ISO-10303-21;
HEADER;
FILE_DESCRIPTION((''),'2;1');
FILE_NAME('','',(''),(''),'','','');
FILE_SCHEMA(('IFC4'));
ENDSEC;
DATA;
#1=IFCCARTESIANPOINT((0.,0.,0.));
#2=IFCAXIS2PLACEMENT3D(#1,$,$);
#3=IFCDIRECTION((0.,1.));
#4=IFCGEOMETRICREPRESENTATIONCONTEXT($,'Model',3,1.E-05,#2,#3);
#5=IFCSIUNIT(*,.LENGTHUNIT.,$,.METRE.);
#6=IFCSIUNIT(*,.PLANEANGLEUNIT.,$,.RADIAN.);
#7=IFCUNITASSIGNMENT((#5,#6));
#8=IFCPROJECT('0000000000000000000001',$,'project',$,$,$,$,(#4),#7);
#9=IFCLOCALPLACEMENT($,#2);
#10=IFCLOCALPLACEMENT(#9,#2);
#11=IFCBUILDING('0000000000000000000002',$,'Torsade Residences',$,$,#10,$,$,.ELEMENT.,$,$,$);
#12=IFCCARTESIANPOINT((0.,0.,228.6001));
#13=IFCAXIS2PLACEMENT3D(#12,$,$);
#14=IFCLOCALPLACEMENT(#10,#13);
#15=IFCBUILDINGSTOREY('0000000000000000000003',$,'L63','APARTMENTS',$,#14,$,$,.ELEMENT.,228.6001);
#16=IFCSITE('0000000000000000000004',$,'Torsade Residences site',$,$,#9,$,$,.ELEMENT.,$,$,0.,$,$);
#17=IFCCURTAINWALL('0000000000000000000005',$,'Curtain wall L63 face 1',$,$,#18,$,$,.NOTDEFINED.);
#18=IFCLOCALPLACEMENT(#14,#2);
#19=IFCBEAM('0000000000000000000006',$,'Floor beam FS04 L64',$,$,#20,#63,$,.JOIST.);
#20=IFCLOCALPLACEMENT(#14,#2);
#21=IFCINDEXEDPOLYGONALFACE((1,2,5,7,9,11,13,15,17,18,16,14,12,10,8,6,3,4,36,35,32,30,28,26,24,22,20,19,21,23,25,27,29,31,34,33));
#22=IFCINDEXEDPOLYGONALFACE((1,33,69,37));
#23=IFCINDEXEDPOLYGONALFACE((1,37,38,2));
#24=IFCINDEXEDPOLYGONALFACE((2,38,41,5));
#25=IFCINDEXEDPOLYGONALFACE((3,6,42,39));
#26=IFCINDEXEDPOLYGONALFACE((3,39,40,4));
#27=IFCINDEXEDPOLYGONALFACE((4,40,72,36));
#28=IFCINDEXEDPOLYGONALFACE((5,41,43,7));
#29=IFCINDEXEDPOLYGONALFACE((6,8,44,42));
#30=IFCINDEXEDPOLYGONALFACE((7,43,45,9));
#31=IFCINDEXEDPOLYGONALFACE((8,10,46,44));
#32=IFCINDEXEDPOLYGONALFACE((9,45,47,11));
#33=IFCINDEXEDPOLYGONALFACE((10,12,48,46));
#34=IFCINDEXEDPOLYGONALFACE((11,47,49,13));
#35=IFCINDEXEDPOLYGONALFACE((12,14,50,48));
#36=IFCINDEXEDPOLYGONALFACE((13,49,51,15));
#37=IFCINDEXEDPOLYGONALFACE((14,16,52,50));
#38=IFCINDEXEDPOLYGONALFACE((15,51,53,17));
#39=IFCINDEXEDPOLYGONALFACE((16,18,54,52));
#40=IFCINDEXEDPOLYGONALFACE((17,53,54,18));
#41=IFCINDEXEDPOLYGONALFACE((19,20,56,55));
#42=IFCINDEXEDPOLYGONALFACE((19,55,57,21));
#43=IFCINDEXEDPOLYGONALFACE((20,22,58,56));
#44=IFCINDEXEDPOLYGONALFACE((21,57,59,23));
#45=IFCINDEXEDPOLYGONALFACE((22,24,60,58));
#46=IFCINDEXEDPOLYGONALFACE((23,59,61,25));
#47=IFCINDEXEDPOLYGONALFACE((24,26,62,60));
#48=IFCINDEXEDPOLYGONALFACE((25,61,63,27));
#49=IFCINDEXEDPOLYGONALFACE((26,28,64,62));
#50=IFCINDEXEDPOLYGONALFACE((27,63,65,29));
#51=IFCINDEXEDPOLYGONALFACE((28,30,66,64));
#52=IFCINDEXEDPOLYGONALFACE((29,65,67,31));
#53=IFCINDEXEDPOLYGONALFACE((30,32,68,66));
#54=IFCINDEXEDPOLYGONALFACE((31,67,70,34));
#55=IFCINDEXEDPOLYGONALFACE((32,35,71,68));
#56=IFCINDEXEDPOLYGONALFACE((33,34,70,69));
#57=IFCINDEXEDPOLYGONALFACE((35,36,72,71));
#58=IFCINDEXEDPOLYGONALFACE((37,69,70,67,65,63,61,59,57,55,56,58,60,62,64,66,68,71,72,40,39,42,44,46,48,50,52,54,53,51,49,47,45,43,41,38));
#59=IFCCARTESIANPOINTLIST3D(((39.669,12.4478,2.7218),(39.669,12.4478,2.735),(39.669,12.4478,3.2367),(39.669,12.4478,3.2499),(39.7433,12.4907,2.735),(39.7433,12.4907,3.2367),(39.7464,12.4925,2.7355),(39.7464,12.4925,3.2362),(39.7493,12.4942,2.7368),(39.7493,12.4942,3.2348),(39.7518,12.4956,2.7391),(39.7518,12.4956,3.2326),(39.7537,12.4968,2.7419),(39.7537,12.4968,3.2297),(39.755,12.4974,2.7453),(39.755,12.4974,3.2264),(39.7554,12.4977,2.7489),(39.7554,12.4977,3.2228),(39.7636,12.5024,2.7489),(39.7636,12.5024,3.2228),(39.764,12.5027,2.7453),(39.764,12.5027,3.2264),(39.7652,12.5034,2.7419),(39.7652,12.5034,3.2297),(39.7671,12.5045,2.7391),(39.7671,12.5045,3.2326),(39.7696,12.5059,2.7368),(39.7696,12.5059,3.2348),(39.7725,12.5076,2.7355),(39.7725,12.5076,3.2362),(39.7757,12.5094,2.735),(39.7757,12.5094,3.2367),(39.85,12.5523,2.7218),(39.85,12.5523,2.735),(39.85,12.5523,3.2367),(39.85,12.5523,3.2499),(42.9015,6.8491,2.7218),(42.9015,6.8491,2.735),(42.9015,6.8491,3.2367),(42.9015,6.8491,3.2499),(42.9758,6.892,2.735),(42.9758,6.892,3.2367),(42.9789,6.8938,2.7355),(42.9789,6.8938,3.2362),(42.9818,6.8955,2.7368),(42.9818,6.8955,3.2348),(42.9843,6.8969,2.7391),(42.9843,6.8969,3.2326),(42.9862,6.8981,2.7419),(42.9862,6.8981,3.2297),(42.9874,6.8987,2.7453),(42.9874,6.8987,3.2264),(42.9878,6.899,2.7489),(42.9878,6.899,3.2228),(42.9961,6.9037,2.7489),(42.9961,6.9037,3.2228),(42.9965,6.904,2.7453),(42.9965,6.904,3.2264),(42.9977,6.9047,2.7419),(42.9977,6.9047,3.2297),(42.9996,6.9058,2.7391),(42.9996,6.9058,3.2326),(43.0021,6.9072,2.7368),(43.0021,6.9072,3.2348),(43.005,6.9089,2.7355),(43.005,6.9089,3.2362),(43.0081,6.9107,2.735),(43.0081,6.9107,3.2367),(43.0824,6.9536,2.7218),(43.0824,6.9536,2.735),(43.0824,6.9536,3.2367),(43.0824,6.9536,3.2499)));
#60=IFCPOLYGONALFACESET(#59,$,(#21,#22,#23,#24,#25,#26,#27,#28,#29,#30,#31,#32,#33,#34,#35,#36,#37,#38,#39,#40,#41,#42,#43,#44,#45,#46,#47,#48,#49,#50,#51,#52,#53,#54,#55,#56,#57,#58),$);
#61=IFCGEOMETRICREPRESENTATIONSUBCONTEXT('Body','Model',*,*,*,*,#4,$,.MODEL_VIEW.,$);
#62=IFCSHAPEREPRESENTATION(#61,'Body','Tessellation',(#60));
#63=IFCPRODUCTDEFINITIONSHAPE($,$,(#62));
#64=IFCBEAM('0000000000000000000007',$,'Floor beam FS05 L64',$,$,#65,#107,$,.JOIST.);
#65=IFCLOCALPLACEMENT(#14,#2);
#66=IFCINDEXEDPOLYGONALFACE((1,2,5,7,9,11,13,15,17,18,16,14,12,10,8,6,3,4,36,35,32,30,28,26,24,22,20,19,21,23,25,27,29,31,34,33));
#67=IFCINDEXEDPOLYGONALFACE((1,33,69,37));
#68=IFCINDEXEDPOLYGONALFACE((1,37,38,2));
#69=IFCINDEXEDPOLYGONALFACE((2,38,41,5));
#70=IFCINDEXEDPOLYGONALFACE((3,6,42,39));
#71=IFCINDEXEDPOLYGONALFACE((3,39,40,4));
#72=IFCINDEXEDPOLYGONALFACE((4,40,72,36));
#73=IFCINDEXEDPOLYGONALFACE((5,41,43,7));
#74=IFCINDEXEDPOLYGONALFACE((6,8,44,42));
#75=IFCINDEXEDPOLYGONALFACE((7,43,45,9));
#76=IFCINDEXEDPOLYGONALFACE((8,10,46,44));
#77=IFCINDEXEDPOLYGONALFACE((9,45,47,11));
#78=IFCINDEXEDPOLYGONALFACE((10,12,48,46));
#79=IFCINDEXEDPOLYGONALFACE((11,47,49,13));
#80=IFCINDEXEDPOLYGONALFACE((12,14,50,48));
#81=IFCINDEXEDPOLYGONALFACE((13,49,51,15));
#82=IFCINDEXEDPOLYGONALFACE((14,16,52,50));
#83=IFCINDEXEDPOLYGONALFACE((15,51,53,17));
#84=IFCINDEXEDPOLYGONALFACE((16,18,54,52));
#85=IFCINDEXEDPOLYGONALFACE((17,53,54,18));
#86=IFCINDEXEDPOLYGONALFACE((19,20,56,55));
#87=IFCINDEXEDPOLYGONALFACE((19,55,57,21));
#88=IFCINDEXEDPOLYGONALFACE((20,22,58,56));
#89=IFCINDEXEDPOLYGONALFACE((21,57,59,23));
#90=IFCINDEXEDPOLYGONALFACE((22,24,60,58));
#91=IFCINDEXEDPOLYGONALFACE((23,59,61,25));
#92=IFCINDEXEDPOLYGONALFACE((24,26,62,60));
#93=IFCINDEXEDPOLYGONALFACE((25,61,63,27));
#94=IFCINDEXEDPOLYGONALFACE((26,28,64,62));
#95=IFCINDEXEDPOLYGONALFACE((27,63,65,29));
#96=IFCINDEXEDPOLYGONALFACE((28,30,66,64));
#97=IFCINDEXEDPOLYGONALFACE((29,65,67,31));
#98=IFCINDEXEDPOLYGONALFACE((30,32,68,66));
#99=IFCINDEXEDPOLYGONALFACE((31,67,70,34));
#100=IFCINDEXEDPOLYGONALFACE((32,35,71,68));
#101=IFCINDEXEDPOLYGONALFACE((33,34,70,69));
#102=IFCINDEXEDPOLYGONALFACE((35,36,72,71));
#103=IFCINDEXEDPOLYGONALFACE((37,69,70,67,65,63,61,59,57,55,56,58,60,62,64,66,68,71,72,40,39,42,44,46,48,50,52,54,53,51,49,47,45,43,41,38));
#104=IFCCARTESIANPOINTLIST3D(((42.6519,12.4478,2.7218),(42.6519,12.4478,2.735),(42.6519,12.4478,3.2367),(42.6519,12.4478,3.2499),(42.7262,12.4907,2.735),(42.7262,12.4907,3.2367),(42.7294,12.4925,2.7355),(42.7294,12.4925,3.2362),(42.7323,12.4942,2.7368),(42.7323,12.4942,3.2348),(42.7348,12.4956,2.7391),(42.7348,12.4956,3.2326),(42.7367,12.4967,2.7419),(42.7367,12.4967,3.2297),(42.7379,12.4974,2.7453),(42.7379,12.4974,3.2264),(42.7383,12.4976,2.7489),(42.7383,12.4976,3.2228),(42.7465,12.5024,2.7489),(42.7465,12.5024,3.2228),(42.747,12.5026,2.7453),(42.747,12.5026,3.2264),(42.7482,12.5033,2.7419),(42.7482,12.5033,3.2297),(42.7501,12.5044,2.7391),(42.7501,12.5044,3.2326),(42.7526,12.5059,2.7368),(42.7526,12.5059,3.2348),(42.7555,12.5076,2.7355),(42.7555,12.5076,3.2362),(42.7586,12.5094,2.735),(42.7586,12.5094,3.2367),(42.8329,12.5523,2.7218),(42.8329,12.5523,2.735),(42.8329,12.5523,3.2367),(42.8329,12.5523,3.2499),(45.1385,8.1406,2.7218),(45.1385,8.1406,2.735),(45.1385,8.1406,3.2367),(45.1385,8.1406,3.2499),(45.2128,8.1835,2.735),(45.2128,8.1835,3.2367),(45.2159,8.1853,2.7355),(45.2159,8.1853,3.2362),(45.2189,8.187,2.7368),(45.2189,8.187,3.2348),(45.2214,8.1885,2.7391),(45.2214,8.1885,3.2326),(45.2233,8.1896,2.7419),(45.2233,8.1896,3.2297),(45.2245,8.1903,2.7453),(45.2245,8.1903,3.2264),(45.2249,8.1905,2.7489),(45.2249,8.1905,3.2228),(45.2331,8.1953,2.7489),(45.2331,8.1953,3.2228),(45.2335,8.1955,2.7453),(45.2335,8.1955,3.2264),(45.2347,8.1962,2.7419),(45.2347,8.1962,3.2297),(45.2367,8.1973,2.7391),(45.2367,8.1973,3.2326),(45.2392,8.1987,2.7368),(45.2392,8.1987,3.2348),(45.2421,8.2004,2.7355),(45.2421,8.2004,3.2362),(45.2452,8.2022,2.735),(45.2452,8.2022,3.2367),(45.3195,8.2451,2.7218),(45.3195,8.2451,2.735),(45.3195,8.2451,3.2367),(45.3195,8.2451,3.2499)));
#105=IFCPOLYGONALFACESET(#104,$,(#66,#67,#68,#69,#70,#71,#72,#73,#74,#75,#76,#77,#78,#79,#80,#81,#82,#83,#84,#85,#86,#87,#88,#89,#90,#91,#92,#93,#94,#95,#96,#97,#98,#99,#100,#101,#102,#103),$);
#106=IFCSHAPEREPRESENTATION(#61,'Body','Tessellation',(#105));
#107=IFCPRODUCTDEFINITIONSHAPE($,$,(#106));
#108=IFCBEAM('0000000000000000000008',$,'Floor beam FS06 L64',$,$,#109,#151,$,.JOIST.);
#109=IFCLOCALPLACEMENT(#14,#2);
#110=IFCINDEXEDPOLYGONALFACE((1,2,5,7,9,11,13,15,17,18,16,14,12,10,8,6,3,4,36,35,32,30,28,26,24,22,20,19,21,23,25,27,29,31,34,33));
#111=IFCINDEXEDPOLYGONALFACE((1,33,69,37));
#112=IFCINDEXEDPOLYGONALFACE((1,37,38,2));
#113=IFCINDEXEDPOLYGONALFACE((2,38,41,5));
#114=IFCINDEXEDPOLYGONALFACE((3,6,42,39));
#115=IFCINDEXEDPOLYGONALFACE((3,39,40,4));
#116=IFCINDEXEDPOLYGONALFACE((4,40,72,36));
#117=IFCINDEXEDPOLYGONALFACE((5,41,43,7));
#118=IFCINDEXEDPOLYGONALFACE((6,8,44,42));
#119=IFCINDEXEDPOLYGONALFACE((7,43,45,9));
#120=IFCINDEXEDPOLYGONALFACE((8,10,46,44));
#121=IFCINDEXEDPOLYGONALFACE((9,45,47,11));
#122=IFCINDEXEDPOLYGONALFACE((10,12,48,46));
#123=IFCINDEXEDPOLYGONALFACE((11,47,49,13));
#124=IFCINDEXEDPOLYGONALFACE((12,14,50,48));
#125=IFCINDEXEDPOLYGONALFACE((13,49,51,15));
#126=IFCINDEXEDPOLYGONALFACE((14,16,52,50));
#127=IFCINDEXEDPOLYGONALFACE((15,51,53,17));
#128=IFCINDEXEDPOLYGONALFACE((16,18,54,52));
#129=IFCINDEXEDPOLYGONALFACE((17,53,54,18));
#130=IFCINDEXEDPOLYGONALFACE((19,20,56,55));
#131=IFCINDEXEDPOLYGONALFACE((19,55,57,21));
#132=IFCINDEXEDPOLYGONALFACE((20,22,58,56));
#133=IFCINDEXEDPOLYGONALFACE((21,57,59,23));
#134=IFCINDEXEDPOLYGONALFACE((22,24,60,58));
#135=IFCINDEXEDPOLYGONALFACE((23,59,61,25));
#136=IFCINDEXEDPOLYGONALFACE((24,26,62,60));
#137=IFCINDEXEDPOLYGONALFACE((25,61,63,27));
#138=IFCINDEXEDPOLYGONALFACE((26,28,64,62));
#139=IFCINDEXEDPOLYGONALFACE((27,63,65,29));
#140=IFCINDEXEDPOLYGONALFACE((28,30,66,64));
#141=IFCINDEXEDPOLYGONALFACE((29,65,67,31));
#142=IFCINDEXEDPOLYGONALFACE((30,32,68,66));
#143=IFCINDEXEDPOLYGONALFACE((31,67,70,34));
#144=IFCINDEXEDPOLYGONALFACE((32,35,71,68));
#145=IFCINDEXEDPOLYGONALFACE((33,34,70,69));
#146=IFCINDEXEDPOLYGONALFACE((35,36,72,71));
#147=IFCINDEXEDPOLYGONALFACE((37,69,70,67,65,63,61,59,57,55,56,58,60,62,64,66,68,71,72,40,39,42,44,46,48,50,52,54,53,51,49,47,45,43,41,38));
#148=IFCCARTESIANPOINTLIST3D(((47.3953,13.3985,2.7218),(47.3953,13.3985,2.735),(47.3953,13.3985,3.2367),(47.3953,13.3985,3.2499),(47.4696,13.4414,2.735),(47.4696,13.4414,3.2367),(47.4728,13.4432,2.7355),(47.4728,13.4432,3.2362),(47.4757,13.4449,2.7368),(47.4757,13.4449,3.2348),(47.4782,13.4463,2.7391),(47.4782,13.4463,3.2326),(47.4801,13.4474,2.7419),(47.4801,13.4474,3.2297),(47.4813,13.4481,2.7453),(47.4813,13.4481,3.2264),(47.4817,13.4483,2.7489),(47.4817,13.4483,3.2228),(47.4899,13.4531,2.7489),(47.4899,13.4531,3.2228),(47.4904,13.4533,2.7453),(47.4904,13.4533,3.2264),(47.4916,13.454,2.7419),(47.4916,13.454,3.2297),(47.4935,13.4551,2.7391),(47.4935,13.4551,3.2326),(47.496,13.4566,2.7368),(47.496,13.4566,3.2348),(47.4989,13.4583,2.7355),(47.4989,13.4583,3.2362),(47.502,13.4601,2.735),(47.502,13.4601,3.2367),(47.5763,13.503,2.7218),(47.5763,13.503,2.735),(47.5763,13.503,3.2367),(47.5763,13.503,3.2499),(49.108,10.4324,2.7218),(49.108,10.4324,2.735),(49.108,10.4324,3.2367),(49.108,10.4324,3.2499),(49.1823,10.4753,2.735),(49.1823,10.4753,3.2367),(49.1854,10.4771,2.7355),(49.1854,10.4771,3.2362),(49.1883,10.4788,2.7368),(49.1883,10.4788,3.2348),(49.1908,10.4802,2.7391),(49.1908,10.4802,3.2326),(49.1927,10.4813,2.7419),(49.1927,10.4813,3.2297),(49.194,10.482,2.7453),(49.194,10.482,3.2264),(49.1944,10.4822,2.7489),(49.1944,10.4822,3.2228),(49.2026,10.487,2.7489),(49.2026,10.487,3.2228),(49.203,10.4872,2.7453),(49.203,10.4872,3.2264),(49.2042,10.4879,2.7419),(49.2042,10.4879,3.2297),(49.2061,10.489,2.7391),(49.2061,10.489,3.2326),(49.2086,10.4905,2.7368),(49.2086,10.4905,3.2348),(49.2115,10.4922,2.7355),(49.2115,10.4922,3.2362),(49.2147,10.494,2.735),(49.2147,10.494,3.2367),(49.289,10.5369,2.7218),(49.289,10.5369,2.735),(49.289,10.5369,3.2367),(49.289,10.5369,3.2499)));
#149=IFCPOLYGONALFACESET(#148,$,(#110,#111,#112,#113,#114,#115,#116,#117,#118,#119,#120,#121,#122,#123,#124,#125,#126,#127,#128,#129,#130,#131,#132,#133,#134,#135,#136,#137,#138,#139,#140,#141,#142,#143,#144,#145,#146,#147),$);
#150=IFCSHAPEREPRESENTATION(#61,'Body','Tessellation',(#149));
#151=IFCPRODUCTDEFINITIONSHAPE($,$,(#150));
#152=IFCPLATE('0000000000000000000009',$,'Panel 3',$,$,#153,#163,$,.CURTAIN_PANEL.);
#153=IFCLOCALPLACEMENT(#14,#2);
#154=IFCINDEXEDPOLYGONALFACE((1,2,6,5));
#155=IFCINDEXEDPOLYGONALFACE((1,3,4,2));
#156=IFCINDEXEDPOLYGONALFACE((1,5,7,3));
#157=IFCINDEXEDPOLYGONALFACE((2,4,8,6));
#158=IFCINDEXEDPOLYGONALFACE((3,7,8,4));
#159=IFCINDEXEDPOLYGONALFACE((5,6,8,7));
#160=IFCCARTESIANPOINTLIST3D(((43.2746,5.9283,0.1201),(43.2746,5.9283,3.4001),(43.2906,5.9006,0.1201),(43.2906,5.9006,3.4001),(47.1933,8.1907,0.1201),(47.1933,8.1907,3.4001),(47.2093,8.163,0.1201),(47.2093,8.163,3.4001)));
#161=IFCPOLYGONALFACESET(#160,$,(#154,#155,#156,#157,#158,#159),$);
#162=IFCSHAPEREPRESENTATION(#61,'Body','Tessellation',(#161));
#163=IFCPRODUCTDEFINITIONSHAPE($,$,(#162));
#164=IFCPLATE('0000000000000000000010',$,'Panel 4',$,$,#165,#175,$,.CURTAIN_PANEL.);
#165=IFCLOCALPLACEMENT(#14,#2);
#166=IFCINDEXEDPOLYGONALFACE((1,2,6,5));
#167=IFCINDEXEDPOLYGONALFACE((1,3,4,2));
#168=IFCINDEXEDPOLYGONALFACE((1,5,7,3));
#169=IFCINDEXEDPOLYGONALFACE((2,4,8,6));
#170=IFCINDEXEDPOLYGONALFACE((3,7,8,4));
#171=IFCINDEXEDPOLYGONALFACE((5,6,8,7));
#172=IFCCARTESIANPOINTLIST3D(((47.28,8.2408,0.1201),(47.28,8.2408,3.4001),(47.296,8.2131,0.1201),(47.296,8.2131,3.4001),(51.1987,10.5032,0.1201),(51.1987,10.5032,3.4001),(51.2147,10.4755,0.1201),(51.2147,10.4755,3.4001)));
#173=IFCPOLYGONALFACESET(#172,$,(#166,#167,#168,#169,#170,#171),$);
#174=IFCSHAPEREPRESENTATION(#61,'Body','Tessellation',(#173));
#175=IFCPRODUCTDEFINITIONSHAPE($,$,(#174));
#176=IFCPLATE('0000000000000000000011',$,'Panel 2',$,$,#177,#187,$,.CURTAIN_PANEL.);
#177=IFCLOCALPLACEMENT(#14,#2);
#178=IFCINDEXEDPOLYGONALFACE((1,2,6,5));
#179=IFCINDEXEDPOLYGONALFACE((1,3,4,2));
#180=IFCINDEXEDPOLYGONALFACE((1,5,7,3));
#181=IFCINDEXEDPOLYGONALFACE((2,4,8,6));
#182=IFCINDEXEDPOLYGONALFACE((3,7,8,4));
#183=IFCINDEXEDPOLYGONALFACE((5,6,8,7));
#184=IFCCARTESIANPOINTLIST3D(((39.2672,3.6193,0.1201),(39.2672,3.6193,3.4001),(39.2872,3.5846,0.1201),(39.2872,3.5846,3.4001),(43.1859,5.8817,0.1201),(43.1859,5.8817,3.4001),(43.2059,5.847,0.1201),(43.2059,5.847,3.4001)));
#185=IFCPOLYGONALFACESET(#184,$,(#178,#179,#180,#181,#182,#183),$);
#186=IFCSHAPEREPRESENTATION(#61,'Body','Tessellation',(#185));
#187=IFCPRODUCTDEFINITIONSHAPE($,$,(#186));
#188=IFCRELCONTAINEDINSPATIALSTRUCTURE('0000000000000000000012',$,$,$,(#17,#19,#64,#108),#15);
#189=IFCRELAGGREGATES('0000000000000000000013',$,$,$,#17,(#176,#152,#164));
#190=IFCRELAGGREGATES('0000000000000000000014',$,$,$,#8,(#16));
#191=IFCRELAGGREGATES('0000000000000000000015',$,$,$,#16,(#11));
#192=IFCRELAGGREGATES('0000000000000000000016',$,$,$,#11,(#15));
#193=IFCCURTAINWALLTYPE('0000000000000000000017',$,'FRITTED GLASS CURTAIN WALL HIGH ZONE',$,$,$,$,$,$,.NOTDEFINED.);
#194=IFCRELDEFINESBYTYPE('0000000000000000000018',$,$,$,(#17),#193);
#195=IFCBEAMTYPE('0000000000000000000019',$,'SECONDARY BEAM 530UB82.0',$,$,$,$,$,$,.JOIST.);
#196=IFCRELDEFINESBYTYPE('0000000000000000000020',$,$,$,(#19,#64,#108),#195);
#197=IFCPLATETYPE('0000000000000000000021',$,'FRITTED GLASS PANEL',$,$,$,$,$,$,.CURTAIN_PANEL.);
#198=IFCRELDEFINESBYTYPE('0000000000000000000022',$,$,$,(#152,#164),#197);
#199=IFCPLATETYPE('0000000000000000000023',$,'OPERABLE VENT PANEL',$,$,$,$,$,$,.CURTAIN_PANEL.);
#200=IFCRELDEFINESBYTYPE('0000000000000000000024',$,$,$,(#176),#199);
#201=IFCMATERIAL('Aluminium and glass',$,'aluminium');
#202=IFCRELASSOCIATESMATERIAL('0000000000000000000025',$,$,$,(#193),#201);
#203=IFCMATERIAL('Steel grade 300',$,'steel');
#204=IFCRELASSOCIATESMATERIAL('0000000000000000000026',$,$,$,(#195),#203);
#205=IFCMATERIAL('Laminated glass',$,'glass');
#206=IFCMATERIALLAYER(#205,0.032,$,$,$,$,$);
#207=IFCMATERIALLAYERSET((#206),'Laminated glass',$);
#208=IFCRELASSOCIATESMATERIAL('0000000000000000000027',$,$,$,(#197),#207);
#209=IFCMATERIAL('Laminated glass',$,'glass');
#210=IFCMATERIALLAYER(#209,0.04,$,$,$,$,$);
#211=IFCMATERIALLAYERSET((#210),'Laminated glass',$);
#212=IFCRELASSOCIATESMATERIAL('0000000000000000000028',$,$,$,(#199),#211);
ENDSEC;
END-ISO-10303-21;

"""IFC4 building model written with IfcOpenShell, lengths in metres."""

from ifc_helpers import new_model, si_unit, direction, frame, origin, origin_2d, place, context, subcontext, project, spatial, rectangle, i_section, extrude, material, layer, layer_set, material_profile, profile_set, type_object, element, aggregate, save


model = new_model("IFC4")

# Units and contexts
model_context = context("Model", 3, precision=1e-05, world=origin(), true_north=direction((0.0, 1.0)))
body_context = subcontext(model_context, "Body", "Model", "MODEL_VIEW")
ifc_project = project(units=[si_unit("LENGTHUNIT", "METRE"), si_unit("PLANEANGLEUNIT", "RADIAN")], contexts=[model_context])

# Site, building, storey
site_placement = place(None, origin())
site = spatial("IfcSite", under=ifc_project, at=site_placement, Name="Torsade Residences site", CompositionType="ELEMENT", RefElevation=0.0)
building_placement = place(site_placement, origin())
building = spatial("IfcBuilding", under=site, at=building_placement, Name="Torsade Residences", CompositionType="ELEMENT")
storey_placement = place(building_placement, frame((0.0, 0.0, 228.6001)))
storey = spatial("IfcBuildingStorey", under=building, at=storey_placement, Name="L63", Description="APARTMENTS", CompositionType="ELEMENT", Elevation=228.6001)

# Curtain wall
ifc_material_1 = material(Name="Aluminium and glass", Category="aluminium")
curtain_wall_type = type_object("IfcCurtainWallType", Name="FRITTED GLASS CURTAIN WALL HIGH ZONE", PredefinedType="NOTDEFINED", material=ifc_material_1)
curtain_wall_placement = place(storey_placement, origin())
curtain_wall = element("IfcCurtainWall", 1, at=curtain_wall_placement, inside=storey, type_object=curtain_wall_type, Name="Curtain wall L63 face 1", PredefinedType="NOTDEFINED")

# Beams
ifc_material_2 = material(Name="Steel grade 300", Category="steel")
ifc_material_profile_1 = material_profile(ifc_material_2, i_section(OverallWidth=0.209, OverallDepth=0.5281, WebThickness=0.0095, FlangeThickness=0.0132, FilletRadius=0.0139, at=origin_2d()), Name="530UB82.0")
ifc_profile_set_1 = profile_set([ifc_material_profile_1], Name="Steel grade 300")
beam_type_1 = type_object("IfcBeamType", Name="SECONDARY BEAM 530UB82.0", PredefinedType="JOIST", material=ifc_profile_set_1)
beam_1_placement = place(storey_placement, frame((42.9919, 6.9014, 2.9858), z_axis=(-0.500006, 0.866022, 0.0), x_axis=(-0.866022, -0.500006, 0.0)))
element("IfcBeam", 2, at=beam_1_placement, inside=storey, type_object=beam_type_1, Name="Floor beam FS04 L64", PredefinedType="JOIST", context=body_context, shape_type="SweptSolid", body=[
    extrude(i_section(OverallWidth=0.209, OverallDepth=0.5281, WebThickness=0.0095, FlangeThickness=0.0132, FilletRadius=0.0139, at=origin_2d()), origin(), (0.0, 0.0, 1.0), 6.4648),
])
beam_2_placement = place(storey_placement, frame((45.229, 8.1929, 2.9858), z_axis=(-0.499977, 0.866038, 0.0), x_axis=(-0.866038, -0.499977, 0.0)))
element("IfcBeam", 3, at=beam_2_placement, inside=storey, type_object=beam_type_1, Name="Floor beam FS05 L64", PredefinedType="JOIST", context=body_context, shape_type="SweptSolid", body=[
    extrude(i_section(OverallWidth=0.209, OverallDepth=0.5281, WebThickness=0.0095, FlangeThickness=0.0132, FilletRadius=0.0139, at=origin_2d()), origin(), (0.0, 0.0, 1.0), 4.9734),
])
beam_3_placement = place(storey_placement, frame((49.1985, 10.4846, 2.9858), z_axis=(-0.500041, 0.866002, 0.0), x_axis=(-0.866002, -0.500041, 0.0)))
element("IfcBeam", 4, at=beam_3_placement, inside=storey, type_object=beam_type_1, Name="Floor beam FS06 L64", PredefinedType="JOIST", context=body_context, shape_type="SweptSolid", body=[
    extrude(i_section(OverallWidth=0.209, OverallDepth=0.5281, WebThickness=0.0095, FlangeThickness=0.0132, FilletRadius=0.0139, at=origin_2d()), origin(), (0.0, 0.0, 1.0), 3.425),
])

# Plates
ifc_material_3 = material(Name="Laminated glass", Category="glass")
ifc_layer_1 = layer(ifc_material_3, 0.032)
ifc_layer_set_1 = layer_set([ifc_layer_1], Name="Laminated glass")
plate_type_1 = type_object("IfcPlateType", Name="FRITTED GLASS PANEL", PredefinedType="CURTAIN_PANEL", material=ifc_layer_set_1)
plate_1_placement = place(storey_placement, frame((45.2419, 7.0457, 0.1201), z_axis=(0.0, 0.0, 1.0), x_axis=(0.866025, 0.5, 0.0)))
plate_1 = element("IfcPlate", 5, at=plate_1_placement, type_object=plate_type_1, Name="Panel 3", PredefinedType="CURTAIN_PANEL", context=body_context, shape_type="SweptSolid", body=[
    extrude(rectangle(XDim=4.5249, YDim=0.032, at=origin_2d()), origin(), (0.0, 0.0, 1.0), 3.28),
])
plate_2_placement = place(storey_placement, frame((49.2473, 9.3582, 0.1201), z_axis=(0.0, 0.0, 1.0), x_axis=(0.866025, 0.5, 0.0)))
plate_2 = element("IfcPlate", 6, at=plate_2_placement, type_object=plate_type_1, Name="Panel 4", PredefinedType="CURTAIN_PANEL", context=body_context, shape_type="SweptSolid", body=[
    extrude(rectangle(XDim=4.5249, YDim=0.032, at=origin_2d()), origin(), (0.0, 0.0, 1.0), 3.28),
])
ifc_material_4 = material(Name="Laminated glass", Category="glass")
ifc_layer_2 = layer(ifc_material_4, 0.04)
ifc_layer_set_2 = layer_set([ifc_layer_2], Name="Laminated glass")
plate_type_2 = type_object("IfcPlateType", Name="OPERABLE VENT PANEL", PredefinedType="CURTAIN_PANEL", material=ifc_layer_set_2)
plate_3_placement = place(storey_placement, frame((41.2366, 4.7332, 0.1201), z_axis=(0.0, 0.0, 1.0), x_axis=(0.866025, 0.5, 0.0)))
plate_3 = element("IfcPlate", 7, at=plate_3_placement, type_object=plate_type_2, Name="Panel 2", PredefinedType="CURTAIN_PANEL", context=body_context, shape_type="SweptSolid", body=[
    extrude(rectangle(XDim=4.5249, YDim=0.04, at=origin_2d()), origin(), (0.0, 0.0, 1.0), 3.28),
])
aggregate(curtain_wall, [plate_3, plate_1, plate_2])

save(model, "model.ifc")
